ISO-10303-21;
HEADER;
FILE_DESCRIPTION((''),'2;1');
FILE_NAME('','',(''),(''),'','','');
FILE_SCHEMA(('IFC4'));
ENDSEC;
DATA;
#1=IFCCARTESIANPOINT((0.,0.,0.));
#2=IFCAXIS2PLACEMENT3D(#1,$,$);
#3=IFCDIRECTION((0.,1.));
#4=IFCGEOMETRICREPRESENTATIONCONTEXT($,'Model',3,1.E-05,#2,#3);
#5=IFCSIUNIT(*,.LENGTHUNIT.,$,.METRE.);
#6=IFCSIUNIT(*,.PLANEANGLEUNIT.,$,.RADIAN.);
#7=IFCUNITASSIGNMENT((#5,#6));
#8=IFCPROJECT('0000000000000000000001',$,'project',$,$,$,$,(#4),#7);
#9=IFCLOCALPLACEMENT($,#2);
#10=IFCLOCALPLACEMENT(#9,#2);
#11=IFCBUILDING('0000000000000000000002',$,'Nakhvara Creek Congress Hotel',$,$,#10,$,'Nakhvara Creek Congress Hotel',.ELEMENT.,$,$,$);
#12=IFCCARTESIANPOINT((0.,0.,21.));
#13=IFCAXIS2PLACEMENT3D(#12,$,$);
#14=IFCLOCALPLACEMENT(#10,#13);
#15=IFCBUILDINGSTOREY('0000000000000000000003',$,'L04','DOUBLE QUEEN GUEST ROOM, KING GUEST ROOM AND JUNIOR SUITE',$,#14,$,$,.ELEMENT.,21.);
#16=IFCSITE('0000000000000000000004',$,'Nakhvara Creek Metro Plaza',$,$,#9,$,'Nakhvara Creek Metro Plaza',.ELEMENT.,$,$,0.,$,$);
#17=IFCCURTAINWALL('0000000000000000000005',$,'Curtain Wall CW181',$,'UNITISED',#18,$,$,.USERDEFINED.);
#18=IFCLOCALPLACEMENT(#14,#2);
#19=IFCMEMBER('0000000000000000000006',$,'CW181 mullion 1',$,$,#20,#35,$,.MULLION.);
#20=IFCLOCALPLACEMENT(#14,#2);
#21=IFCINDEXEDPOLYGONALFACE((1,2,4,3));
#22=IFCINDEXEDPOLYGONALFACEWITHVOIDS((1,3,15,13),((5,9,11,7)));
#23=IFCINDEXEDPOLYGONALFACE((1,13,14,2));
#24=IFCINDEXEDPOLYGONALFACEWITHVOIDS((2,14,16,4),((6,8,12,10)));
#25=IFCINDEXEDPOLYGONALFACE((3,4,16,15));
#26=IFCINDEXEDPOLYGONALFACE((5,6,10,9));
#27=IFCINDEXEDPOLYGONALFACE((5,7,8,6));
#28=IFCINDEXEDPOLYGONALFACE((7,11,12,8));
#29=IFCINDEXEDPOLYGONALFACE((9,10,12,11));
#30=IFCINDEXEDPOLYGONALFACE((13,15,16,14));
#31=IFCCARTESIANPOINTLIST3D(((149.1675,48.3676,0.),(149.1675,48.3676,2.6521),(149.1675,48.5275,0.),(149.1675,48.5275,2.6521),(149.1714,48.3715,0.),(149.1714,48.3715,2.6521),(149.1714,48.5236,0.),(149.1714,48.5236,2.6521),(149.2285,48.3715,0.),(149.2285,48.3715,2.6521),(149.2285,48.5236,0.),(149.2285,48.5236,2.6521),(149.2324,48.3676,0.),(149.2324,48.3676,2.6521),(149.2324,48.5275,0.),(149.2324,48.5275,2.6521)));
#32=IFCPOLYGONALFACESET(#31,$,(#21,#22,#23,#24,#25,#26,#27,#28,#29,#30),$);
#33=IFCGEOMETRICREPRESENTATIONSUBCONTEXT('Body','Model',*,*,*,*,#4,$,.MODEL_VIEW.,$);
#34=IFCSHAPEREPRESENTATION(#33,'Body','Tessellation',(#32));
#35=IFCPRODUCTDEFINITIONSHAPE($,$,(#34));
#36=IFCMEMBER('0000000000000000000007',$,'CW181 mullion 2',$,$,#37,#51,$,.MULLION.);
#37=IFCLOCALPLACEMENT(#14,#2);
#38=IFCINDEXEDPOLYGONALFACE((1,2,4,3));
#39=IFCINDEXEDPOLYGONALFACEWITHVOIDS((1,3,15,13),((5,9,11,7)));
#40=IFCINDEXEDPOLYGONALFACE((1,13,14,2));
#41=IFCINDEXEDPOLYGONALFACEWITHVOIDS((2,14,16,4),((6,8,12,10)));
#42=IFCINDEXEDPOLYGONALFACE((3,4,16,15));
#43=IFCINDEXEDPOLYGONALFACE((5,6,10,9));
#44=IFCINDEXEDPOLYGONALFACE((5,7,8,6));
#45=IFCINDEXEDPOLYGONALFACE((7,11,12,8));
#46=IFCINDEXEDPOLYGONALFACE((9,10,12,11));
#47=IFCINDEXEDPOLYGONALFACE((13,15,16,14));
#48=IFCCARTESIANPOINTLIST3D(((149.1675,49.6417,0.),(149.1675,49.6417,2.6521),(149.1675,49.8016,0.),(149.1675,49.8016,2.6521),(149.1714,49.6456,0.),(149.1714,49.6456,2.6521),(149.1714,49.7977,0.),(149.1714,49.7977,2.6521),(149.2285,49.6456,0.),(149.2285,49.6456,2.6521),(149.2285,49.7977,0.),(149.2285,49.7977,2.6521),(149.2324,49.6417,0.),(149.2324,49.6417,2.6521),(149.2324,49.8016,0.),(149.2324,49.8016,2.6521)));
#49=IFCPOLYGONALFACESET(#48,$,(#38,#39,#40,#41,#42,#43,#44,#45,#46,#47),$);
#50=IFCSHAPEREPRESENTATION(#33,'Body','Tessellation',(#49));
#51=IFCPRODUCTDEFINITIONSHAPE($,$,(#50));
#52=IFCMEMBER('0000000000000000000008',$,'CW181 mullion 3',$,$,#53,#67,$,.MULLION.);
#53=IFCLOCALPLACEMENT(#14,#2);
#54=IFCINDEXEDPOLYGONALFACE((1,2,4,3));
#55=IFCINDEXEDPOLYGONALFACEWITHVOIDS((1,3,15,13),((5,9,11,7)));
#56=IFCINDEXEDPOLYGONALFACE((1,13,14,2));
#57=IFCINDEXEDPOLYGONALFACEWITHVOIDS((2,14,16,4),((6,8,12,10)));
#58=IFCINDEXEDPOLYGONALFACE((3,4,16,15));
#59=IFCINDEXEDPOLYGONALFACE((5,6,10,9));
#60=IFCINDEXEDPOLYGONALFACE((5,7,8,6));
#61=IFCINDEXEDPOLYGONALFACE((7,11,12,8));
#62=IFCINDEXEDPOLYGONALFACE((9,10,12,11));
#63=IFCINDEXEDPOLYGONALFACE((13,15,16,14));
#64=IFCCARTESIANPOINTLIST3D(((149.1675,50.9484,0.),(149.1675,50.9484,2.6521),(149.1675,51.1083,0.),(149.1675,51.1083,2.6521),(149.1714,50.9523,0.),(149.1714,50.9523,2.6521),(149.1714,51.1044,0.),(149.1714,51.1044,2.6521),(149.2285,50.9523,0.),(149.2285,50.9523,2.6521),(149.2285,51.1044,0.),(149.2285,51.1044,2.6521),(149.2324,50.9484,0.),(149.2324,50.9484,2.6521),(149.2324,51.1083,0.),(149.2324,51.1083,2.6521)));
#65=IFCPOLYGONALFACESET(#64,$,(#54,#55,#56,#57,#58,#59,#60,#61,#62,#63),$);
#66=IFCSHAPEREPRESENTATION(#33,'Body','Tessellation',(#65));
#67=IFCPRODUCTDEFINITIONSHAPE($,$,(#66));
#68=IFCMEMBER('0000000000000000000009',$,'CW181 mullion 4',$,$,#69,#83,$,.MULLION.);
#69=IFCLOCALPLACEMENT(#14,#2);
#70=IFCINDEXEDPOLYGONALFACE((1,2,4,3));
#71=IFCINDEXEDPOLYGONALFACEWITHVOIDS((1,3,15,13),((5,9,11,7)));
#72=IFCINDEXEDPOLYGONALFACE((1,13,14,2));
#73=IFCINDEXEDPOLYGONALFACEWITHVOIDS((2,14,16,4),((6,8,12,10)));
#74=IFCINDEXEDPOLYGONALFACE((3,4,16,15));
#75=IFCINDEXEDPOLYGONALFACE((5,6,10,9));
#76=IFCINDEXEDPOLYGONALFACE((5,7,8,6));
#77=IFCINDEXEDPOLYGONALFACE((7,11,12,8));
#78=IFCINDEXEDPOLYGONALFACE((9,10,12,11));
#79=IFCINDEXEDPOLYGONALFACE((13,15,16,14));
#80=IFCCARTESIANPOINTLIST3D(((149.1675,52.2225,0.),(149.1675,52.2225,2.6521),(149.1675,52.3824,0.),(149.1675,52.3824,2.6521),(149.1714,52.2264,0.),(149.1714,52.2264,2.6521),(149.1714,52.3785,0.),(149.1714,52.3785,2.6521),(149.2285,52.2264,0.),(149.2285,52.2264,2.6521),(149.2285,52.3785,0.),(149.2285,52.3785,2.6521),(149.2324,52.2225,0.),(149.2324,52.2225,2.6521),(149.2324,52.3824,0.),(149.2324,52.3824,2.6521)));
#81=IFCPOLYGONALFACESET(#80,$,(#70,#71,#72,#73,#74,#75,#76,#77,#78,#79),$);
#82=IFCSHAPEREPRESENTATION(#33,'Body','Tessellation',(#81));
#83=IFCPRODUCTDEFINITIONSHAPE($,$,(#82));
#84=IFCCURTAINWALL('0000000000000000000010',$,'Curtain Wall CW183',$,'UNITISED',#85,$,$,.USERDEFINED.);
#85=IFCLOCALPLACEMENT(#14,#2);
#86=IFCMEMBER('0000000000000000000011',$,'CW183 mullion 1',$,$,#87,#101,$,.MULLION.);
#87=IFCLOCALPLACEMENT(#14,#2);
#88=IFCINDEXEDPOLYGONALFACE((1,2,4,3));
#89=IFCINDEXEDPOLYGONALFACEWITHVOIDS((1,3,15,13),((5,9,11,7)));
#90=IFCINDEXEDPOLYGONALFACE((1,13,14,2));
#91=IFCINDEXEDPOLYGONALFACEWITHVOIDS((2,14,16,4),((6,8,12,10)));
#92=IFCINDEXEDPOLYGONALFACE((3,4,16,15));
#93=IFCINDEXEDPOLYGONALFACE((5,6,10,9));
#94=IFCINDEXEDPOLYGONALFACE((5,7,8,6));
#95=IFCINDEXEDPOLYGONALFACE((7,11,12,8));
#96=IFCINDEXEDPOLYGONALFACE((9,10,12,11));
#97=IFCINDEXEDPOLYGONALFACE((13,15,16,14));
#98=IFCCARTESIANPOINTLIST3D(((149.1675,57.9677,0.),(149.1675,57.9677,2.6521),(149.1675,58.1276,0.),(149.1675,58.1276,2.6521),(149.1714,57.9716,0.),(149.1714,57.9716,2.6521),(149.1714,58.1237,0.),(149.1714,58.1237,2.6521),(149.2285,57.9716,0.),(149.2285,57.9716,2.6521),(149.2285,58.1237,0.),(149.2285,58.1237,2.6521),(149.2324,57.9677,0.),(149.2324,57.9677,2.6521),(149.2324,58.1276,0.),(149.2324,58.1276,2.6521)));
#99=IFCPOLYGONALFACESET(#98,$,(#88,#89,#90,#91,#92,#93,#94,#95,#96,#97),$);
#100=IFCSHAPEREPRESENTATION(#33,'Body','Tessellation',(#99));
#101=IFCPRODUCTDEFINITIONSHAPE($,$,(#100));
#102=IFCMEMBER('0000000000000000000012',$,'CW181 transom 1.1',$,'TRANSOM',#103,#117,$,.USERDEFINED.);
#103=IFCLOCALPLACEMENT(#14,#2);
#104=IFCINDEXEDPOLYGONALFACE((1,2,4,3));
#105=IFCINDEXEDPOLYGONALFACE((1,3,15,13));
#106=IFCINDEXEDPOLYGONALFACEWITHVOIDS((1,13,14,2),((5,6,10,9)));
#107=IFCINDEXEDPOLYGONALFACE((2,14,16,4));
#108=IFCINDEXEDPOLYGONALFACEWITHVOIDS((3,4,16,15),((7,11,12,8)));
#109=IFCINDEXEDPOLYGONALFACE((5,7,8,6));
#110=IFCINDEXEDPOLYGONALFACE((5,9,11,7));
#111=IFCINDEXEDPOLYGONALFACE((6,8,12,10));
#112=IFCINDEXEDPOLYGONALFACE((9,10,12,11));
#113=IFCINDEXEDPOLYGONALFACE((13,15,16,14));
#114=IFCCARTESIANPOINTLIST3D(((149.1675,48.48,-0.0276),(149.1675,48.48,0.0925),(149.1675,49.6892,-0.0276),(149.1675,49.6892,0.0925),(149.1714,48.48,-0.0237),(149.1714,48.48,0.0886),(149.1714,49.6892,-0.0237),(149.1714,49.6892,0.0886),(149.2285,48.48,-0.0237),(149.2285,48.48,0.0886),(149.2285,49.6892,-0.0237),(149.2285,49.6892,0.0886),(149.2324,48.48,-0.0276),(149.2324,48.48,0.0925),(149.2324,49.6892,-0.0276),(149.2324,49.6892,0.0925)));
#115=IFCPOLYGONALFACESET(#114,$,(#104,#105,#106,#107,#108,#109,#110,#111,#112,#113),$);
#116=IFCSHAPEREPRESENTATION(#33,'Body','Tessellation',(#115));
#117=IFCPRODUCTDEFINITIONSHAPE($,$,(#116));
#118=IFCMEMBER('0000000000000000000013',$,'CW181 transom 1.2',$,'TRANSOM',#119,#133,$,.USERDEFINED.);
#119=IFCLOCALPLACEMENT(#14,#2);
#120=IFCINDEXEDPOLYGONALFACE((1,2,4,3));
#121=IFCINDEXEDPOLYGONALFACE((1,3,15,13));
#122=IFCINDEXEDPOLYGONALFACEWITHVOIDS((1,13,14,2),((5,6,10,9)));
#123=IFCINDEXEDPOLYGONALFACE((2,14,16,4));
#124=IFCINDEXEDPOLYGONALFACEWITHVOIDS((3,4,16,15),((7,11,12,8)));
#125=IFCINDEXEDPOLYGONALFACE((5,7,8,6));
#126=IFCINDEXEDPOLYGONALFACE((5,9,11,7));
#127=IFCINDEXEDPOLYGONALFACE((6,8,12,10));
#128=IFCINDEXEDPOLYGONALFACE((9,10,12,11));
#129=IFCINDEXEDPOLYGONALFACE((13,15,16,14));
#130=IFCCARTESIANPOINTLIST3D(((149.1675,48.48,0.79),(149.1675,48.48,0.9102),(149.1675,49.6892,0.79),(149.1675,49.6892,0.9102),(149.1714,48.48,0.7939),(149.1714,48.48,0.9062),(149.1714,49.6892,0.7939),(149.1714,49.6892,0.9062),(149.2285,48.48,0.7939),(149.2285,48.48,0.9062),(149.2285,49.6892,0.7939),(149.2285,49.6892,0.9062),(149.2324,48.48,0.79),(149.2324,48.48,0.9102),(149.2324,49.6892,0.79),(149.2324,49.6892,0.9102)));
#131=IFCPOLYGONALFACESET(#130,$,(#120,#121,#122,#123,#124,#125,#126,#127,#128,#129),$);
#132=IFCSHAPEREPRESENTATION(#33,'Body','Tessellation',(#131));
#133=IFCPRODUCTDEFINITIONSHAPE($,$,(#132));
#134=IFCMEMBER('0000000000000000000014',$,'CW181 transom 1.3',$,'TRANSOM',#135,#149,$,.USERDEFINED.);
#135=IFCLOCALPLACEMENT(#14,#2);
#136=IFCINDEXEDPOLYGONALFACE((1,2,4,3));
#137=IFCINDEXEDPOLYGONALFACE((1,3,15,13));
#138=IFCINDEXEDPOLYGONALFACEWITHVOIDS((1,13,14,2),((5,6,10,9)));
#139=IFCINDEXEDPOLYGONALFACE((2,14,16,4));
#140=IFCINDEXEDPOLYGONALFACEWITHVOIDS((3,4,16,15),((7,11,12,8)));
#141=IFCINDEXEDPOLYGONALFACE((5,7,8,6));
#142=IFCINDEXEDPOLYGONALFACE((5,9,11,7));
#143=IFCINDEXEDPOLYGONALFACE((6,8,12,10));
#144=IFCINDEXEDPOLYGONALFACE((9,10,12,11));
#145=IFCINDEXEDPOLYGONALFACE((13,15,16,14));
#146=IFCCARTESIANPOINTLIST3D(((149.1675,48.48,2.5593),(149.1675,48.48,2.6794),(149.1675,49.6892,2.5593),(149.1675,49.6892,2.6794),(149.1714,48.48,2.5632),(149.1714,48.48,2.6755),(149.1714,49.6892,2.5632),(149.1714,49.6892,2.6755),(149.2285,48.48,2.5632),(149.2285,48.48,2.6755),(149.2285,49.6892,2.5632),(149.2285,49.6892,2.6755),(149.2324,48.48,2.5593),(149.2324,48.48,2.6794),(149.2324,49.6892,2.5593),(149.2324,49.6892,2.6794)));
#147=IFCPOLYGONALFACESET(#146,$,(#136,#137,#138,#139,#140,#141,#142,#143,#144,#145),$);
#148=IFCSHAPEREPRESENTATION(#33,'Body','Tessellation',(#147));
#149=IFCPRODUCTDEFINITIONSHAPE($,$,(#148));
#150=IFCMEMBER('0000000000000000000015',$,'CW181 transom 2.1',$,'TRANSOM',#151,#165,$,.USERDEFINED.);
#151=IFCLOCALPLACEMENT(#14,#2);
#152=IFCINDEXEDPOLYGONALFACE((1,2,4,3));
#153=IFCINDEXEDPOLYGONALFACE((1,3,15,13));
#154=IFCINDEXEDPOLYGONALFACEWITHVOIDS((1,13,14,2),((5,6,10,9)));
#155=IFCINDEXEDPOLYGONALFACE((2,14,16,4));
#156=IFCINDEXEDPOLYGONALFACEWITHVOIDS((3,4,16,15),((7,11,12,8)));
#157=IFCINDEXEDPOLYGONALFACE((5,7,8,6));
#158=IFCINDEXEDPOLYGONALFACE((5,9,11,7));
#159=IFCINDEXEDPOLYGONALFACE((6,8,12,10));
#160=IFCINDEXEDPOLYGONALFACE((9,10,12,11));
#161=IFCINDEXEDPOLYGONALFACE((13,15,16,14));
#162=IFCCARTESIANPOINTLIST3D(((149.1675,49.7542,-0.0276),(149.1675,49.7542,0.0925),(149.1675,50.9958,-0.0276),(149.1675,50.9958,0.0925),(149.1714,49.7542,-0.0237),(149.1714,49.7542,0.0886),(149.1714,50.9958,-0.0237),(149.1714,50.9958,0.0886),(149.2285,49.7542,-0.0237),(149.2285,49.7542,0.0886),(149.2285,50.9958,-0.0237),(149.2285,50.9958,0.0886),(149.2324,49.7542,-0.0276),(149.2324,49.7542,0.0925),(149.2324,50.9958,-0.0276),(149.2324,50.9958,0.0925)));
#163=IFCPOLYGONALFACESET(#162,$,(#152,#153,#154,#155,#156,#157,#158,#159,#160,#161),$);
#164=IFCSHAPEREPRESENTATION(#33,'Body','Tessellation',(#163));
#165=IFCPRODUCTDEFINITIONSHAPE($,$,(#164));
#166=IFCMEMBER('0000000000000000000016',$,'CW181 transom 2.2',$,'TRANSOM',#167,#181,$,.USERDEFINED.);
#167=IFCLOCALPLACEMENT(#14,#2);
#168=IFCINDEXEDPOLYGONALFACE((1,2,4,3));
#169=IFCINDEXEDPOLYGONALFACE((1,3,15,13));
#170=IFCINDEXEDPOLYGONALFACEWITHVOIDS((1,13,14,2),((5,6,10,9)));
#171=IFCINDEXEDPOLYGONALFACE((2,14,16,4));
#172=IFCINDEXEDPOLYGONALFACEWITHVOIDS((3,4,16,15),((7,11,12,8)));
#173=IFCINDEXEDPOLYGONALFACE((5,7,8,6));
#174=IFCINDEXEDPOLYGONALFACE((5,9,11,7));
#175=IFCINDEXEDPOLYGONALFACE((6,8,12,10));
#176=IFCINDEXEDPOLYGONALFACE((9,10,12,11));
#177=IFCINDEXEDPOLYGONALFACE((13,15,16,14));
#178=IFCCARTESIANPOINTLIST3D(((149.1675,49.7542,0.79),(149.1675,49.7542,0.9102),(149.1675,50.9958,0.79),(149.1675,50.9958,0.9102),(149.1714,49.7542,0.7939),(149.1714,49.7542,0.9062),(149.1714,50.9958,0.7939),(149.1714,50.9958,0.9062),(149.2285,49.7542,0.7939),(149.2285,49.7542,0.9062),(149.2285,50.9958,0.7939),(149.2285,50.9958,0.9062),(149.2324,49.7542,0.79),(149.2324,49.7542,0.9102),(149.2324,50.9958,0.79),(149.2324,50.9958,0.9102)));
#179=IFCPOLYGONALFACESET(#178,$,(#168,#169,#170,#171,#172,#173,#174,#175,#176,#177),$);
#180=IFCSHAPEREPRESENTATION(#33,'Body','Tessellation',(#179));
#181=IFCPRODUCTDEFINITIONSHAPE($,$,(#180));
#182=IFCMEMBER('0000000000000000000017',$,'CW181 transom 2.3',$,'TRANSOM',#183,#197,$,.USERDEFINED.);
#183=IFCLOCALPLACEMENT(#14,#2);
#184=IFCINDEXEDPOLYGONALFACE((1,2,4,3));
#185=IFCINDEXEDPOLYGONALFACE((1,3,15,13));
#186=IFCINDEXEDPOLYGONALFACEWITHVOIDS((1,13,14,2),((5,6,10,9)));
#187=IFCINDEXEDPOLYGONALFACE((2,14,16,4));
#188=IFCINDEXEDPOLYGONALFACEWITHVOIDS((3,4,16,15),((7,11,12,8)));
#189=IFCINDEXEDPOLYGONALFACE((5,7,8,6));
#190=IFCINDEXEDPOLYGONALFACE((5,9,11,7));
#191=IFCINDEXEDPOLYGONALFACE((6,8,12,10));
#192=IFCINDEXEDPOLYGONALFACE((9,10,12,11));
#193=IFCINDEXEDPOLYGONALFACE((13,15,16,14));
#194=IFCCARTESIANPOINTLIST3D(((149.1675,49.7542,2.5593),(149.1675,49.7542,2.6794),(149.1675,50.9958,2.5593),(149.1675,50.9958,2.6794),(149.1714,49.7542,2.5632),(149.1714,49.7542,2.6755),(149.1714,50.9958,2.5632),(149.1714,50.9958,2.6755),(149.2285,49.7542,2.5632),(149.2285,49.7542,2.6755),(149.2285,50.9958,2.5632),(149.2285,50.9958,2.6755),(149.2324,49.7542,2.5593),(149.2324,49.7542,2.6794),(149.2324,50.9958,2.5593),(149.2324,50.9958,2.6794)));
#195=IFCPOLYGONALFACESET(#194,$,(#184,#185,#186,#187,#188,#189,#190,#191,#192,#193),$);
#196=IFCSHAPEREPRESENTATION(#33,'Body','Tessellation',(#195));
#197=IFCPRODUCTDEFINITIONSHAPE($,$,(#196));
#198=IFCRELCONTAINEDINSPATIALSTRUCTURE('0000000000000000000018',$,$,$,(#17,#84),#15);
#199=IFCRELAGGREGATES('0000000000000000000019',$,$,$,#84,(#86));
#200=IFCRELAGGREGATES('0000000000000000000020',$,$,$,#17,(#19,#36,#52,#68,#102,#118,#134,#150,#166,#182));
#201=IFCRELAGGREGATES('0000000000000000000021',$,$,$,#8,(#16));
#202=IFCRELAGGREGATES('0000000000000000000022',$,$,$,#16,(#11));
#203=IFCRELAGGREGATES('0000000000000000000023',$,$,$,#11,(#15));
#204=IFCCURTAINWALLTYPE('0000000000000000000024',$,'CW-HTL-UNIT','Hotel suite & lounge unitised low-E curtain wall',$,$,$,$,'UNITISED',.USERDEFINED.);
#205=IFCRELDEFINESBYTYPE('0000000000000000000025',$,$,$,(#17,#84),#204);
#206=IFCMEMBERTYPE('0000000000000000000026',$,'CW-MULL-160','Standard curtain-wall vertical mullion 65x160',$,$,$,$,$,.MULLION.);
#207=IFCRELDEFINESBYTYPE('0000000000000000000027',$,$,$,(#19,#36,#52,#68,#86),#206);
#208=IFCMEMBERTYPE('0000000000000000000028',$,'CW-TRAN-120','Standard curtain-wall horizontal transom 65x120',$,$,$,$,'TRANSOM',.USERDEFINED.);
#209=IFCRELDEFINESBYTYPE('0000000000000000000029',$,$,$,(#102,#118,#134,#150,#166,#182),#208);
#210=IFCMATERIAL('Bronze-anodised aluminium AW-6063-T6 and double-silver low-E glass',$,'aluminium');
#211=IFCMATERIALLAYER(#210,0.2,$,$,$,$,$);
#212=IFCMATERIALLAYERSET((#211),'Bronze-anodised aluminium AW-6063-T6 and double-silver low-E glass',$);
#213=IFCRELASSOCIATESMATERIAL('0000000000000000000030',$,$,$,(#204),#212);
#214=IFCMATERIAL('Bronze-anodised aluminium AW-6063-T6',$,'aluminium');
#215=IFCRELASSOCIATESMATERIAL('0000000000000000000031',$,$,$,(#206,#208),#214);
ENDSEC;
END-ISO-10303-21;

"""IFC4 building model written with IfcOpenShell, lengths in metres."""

from ifc_helpers import new_model, si_unit, direction, frame, origin, origin_2d, place, context, subcontext, project, spatial, hollow_rectangle, extrude, material, layer, layer_set, material_profile, profile_set, type_object, element, aggregate, save


model = new_model("IFC4")

# Units and contexts
model_context = context("Model", 3, precision=1e-05, world=origin(), true_north=direction((0.0, 1.0)))
body_context = subcontext(model_context, "Body", "Model", "MODEL_VIEW")
ifc_project = project(units=[si_unit("LENGTHUNIT", "METRE"), si_unit("PLANEANGLEUNIT", "RADIAN")], contexts=[model_context])

# Site, building, storey
site_placement = place(None, origin())
site = spatial("IfcSite", under=ifc_project, at=site_placement, Name="Nakhvara Creek Metro Plaza", LongName="Nakhvara Creek Metro Plaza", CompositionType="ELEMENT", RefElevation=0.0)
building_placement = place(site_placement, origin())
building = spatial("IfcBuilding", under=site, at=building_placement, Name="Nakhvara Creek Congress Hotel", LongName="Nakhvara Creek Congress Hotel", CompositionType="ELEMENT")
storey_placement = place(building_placement, frame((0.0, 0.0, 21.0)))
storey = spatial("IfcBuildingStorey", under=building, at=storey_placement, Name="L04", Description="DOUBLE QUEEN GUEST ROOM, KING GUEST ROOM AND JUNIOR SUITE", CompositionType="ELEMENT", Elevation=21.0)

# Curtain wall, members
ifc_material_1 = material(Name="Bronze-anodised aluminium AW-6063-T6 and double-silver low-E glass", Category="aluminium")
ifc_layer = layer(ifc_material_1, 0.2)
ifc_layer_set = layer_set([ifc_layer], Name="Bronze-anodised aluminium AW-6063-T6 and double-silver low-E glass")
curtain_wall_type = type_object("IfcCurtainWallType", Name="CW-HTL-UNIT", Description="Hotel suite & lounge unitised low-E curtain wall", ElementType="UNITISED", PredefinedType="USERDEFINED", material=ifc_layer_set)
curtain_wall_1_placement = place(storey_placement, origin())
curtain_wall_1 = element("IfcCurtainWall", 1, at=curtain_wall_1_placement, inside=storey, type_object=curtain_wall_type, Name="Curtain Wall CW181", ObjectType="UNITISED", PredefinedType="USERDEFINED")
ifc_material_2 = material(Name="Bronze-anodised aluminium AW-6063-T6", Category="aluminium")
ifc_material_profile_1 = material_profile(ifc_material_2, hollow_rectangle(XDim=0.0649, YDim=0.1599, WallThickness=0.0039, at=origin_2d()), Name="ALU-MULL 65x160x4", Category="LoadBearing")
ifc_profile_set_1 = profile_set([ifc_material_profile_1], Name="Bronze-anodised aluminium AW-6063-T6")
member_type_1 = type_object("IfcMemberType", Name="CW-MULL-160", Description="Standard curtain-wall vertical mullion 65x160", PredefinedType="MULLION", material=ifc_profile_set_1)
member_1_placement = place(storey_placement, frame((149.2, 48.4475, 0.0), z_axis=(0.0, 0.0, 1.0), x_axis=(-1.0, 0.0, 0.0)))
member_1 = element("IfcMember", 2, at=member_1_placement, type_object=member_type_1, Name="CW181 mullion 1", PredefinedType="MULLION", context=body_context, shape_type="SweptSolid", body=[
    extrude(hollow_rectangle(XDim=0.0649, YDim=0.1599, WallThickness=0.0039, at=origin_2d()), origin(), (0.0, 0.0, 1.0), 2.6521),
])
member_2_placement = place(storey_placement, frame((149.2, 49.7217, 0.0), z_axis=(0.0, 0.0, 1.0), x_axis=(-1.0, 0.0, 0.0)))
member_2 = element("IfcMember", 3, at=member_2_placement, type_object=member_type_1, Name="CW181 mullion 2", PredefinedType="MULLION", context=body_context, shape_type="SweptSolid", body=[
    extrude(hollow_rectangle(XDim=0.0649, YDim=0.1599, WallThickness=0.0039, at=origin_2d()), origin(), (0.0, 0.0, 1.0), 2.6521),
])
member_3_placement = place(storey_placement, frame((149.2, 51.0283, 0.0), z_axis=(0.0, 0.0, 1.0), x_axis=(-1.0, 0.0, 0.0)))
member_3 = element("IfcMember", 4, at=member_3_placement, type_object=member_type_1, Name="CW181 mullion 3", PredefinedType="MULLION", context=body_context, shape_type="SweptSolid", body=[
    extrude(hollow_rectangle(XDim=0.0649, YDim=0.1599, WallThickness=0.0039, at=origin_2d()), origin(), (0.0, 0.0, 1.0), 2.6521),
])
member_4_placement = place(storey_placement, frame((149.2, 52.3025, 0.0), z_axis=(0.0, 0.0, 1.0), x_axis=(-1.0, 0.0, 0.0)))
member_4 = element("IfcMember", 5, at=member_4_placement, type_object=member_type_1, Name="CW181 mullion 4", PredefinedType="MULLION", context=body_context, shape_type="SweptSolid", body=[
    extrude(hollow_rectangle(XDim=0.0649, YDim=0.1599, WallThickness=0.0039, at=origin_2d()), origin(), (0.0, 0.0, 1.0), 2.6521),
])

# Curtain wall, member
curtain_wall_2_placement = place(storey_placement, origin())
curtain_wall_2 = element("IfcCurtainWall", 6, at=curtain_wall_2_placement, inside=storey, type_object=curtain_wall_type, Name="Curtain Wall CW183", ObjectType="UNITISED", PredefinedType="USERDEFINED")
member_5_placement = place(storey_placement, frame((149.2, 58.0476, 0.0), z_axis=(0.0, 0.0, 1.0), x_axis=(-1.0, 0.0, 0.0)))
member_5 = element("IfcMember", 7, at=member_5_placement, type_object=member_type_1, Name="CW183 mullion 1", PredefinedType="MULLION", context=body_context, shape_type="SweptSolid", body=[
    extrude(hollow_rectangle(XDim=0.0649, YDim=0.1599, WallThickness=0.0039, at=origin_2d()), origin(), (0.0, 0.0, 1.0), 2.6521),
])

# Members
ifc_material_profile_2 = material_profile(ifc_material_2, hollow_rectangle(XDim=0.0649, YDim=0.1201, WallThickness=0.0039, at=origin_2d()), Name="ALU-TRAN 65x120x4", Category="LoadBearing")
ifc_profile_set_2 = profile_set([ifc_material_profile_2], Name="Bronze-anodised aluminium AW-6063-T6")
member_type_2 = type_object("IfcMemberType", Name="CW-TRAN-120", Description="Standard curtain-wall horizontal transom 65x120", ElementType="TRANSOM", PredefinedType="USERDEFINED", material=ifc_profile_set_2)
member_6_placement = place(storey_placement, frame((149.2, 48.48, 0.0325), z_axis=(0.0, 1.0, 0.0), x_axis=(-1.0, 0.0, 0.0)))
member_6 = element("IfcMember", 8, at=member_6_placement, type_object=member_type_2, Name="CW181 transom 1.1", ObjectType="TRANSOM", PredefinedType="USERDEFINED", context=body_context, shape_type="SweptSolid", body=[
    extrude(hollow_rectangle(XDim=0.0649, YDim=0.1201, WallThickness=0.0039, at=origin_2d()), origin(), (0.0, 0.0, 1.0), 1.2092),
])
member_7_placement = place(storey_placement, frame((149.2, 48.48, 0.8501), z_axis=(0.0, 1.0, 0.0), x_axis=(-1.0, 0.0, 0.0)))
member_7 = element("IfcMember", 9, at=member_7_placement, type_object=member_type_2, Name="CW181 transom 1.2", ObjectType="TRANSOM", PredefinedType="USERDEFINED", context=body_context, shape_type="SweptSolid", body=[
    extrude(hollow_rectangle(XDim=0.0649, YDim=0.1201, WallThickness=0.0039, at=origin_2d()), origin(), (0.0, 0.0, 1.0), 1.2092),
])
member_8_placement = place(storey_placement, frame((149.2, 48.48, 2.6194), z_axis=(0.0, 1.0, 0.0), x_axis=(-1.0, 0.0, 0.0)))
member_8 = element("IfcMember", 10, at=member_8_placement, type_object=member_type_2, Name="CW181 transom 1.3", ObjectType="TRANSOM", PredefinedType="USERDEFINED", context=body_context, shape_type="SweptSolid", body=[
    extrude(hollow_rectangle(XDim=0.0649, YDim=0.1201, WallThickness=0.0039, at=origin_2d()), origin(), (0.0, 0.0, 1.0), 1.2092),
])
member_9_placement = place(storey_placement, frame((149.2, 49.7542, 0.0325), z_axis=(0.0, 1.0, 0.0), x_axis=(-1.0, 0.0, 0.0)))
member_9 = element("IfcMember", 11, at=member_9_placement, type_object=member_type_2, Name="CW181 transom 2.1", ObjectType="TRANSOM", PredefinedType="USERDEFINED", context=body_context, shape_type="SweptSolid", body=[
    extrude(hollow_rectangle(XDim=0.0649, YDim=0.1201, WallThickness=0.0039, at=origin_2d()), origin(), (0.0, 0.0, 1.0), 1.2417),
])
member_10_placement = place(storey_placement, frame((149.2, 49.7542, 0.8501), z_axis=(0.0, 1.0, 0.0), x_axis=(-1.0, 0.0, 0.0)))
member_10 = element("IfcMember", 12, at=member_10_placement, type_object=member_type_2, Name="CW181 transom 2.2", ObjectType="TRANSOM", PredefinedType="USERDEFINED", context=body_context, shape_type="SweptSolid", body=[
    extrude(hollow_rectangle(XDim=0.0649, YDim=0.1201, WallThickness=0.0039, at=origin_2d()), origin(), (0.0, 0.0, 1.0), 1.2417),
])
member_11_placement = place(storey_placement, frame((149.2, 49.7542, 2.6194), z_axis=(0.0, 1.0, 0.0), x_axis=(-1.0, 0.0, 0.0)))
member_11 = element("IfcMember", 13, at=member_11_placement, type_object=member_type_2, Name="CW181 transom 2.3", ObjectType="TRANSOM", PredefinedType="USERDEFINED", context=body_context, shape_type="SweptSolid", body=[
    extrude(hollow_rectangle(XDim=0.0649, YDim=0.1201, WallThickness=0.0039, at=origin_2d()), origin(), (0.0, 0.0, 1.0), 1.2417),
])
aggregate(curtain_wall_2, [member_5])

aggregate(curtain_wall_1, [member_1, member_2, member_3, member_4, member_6, member_7, member_8, member_9, member_10, member_11])

save(model, "model.ifc")
